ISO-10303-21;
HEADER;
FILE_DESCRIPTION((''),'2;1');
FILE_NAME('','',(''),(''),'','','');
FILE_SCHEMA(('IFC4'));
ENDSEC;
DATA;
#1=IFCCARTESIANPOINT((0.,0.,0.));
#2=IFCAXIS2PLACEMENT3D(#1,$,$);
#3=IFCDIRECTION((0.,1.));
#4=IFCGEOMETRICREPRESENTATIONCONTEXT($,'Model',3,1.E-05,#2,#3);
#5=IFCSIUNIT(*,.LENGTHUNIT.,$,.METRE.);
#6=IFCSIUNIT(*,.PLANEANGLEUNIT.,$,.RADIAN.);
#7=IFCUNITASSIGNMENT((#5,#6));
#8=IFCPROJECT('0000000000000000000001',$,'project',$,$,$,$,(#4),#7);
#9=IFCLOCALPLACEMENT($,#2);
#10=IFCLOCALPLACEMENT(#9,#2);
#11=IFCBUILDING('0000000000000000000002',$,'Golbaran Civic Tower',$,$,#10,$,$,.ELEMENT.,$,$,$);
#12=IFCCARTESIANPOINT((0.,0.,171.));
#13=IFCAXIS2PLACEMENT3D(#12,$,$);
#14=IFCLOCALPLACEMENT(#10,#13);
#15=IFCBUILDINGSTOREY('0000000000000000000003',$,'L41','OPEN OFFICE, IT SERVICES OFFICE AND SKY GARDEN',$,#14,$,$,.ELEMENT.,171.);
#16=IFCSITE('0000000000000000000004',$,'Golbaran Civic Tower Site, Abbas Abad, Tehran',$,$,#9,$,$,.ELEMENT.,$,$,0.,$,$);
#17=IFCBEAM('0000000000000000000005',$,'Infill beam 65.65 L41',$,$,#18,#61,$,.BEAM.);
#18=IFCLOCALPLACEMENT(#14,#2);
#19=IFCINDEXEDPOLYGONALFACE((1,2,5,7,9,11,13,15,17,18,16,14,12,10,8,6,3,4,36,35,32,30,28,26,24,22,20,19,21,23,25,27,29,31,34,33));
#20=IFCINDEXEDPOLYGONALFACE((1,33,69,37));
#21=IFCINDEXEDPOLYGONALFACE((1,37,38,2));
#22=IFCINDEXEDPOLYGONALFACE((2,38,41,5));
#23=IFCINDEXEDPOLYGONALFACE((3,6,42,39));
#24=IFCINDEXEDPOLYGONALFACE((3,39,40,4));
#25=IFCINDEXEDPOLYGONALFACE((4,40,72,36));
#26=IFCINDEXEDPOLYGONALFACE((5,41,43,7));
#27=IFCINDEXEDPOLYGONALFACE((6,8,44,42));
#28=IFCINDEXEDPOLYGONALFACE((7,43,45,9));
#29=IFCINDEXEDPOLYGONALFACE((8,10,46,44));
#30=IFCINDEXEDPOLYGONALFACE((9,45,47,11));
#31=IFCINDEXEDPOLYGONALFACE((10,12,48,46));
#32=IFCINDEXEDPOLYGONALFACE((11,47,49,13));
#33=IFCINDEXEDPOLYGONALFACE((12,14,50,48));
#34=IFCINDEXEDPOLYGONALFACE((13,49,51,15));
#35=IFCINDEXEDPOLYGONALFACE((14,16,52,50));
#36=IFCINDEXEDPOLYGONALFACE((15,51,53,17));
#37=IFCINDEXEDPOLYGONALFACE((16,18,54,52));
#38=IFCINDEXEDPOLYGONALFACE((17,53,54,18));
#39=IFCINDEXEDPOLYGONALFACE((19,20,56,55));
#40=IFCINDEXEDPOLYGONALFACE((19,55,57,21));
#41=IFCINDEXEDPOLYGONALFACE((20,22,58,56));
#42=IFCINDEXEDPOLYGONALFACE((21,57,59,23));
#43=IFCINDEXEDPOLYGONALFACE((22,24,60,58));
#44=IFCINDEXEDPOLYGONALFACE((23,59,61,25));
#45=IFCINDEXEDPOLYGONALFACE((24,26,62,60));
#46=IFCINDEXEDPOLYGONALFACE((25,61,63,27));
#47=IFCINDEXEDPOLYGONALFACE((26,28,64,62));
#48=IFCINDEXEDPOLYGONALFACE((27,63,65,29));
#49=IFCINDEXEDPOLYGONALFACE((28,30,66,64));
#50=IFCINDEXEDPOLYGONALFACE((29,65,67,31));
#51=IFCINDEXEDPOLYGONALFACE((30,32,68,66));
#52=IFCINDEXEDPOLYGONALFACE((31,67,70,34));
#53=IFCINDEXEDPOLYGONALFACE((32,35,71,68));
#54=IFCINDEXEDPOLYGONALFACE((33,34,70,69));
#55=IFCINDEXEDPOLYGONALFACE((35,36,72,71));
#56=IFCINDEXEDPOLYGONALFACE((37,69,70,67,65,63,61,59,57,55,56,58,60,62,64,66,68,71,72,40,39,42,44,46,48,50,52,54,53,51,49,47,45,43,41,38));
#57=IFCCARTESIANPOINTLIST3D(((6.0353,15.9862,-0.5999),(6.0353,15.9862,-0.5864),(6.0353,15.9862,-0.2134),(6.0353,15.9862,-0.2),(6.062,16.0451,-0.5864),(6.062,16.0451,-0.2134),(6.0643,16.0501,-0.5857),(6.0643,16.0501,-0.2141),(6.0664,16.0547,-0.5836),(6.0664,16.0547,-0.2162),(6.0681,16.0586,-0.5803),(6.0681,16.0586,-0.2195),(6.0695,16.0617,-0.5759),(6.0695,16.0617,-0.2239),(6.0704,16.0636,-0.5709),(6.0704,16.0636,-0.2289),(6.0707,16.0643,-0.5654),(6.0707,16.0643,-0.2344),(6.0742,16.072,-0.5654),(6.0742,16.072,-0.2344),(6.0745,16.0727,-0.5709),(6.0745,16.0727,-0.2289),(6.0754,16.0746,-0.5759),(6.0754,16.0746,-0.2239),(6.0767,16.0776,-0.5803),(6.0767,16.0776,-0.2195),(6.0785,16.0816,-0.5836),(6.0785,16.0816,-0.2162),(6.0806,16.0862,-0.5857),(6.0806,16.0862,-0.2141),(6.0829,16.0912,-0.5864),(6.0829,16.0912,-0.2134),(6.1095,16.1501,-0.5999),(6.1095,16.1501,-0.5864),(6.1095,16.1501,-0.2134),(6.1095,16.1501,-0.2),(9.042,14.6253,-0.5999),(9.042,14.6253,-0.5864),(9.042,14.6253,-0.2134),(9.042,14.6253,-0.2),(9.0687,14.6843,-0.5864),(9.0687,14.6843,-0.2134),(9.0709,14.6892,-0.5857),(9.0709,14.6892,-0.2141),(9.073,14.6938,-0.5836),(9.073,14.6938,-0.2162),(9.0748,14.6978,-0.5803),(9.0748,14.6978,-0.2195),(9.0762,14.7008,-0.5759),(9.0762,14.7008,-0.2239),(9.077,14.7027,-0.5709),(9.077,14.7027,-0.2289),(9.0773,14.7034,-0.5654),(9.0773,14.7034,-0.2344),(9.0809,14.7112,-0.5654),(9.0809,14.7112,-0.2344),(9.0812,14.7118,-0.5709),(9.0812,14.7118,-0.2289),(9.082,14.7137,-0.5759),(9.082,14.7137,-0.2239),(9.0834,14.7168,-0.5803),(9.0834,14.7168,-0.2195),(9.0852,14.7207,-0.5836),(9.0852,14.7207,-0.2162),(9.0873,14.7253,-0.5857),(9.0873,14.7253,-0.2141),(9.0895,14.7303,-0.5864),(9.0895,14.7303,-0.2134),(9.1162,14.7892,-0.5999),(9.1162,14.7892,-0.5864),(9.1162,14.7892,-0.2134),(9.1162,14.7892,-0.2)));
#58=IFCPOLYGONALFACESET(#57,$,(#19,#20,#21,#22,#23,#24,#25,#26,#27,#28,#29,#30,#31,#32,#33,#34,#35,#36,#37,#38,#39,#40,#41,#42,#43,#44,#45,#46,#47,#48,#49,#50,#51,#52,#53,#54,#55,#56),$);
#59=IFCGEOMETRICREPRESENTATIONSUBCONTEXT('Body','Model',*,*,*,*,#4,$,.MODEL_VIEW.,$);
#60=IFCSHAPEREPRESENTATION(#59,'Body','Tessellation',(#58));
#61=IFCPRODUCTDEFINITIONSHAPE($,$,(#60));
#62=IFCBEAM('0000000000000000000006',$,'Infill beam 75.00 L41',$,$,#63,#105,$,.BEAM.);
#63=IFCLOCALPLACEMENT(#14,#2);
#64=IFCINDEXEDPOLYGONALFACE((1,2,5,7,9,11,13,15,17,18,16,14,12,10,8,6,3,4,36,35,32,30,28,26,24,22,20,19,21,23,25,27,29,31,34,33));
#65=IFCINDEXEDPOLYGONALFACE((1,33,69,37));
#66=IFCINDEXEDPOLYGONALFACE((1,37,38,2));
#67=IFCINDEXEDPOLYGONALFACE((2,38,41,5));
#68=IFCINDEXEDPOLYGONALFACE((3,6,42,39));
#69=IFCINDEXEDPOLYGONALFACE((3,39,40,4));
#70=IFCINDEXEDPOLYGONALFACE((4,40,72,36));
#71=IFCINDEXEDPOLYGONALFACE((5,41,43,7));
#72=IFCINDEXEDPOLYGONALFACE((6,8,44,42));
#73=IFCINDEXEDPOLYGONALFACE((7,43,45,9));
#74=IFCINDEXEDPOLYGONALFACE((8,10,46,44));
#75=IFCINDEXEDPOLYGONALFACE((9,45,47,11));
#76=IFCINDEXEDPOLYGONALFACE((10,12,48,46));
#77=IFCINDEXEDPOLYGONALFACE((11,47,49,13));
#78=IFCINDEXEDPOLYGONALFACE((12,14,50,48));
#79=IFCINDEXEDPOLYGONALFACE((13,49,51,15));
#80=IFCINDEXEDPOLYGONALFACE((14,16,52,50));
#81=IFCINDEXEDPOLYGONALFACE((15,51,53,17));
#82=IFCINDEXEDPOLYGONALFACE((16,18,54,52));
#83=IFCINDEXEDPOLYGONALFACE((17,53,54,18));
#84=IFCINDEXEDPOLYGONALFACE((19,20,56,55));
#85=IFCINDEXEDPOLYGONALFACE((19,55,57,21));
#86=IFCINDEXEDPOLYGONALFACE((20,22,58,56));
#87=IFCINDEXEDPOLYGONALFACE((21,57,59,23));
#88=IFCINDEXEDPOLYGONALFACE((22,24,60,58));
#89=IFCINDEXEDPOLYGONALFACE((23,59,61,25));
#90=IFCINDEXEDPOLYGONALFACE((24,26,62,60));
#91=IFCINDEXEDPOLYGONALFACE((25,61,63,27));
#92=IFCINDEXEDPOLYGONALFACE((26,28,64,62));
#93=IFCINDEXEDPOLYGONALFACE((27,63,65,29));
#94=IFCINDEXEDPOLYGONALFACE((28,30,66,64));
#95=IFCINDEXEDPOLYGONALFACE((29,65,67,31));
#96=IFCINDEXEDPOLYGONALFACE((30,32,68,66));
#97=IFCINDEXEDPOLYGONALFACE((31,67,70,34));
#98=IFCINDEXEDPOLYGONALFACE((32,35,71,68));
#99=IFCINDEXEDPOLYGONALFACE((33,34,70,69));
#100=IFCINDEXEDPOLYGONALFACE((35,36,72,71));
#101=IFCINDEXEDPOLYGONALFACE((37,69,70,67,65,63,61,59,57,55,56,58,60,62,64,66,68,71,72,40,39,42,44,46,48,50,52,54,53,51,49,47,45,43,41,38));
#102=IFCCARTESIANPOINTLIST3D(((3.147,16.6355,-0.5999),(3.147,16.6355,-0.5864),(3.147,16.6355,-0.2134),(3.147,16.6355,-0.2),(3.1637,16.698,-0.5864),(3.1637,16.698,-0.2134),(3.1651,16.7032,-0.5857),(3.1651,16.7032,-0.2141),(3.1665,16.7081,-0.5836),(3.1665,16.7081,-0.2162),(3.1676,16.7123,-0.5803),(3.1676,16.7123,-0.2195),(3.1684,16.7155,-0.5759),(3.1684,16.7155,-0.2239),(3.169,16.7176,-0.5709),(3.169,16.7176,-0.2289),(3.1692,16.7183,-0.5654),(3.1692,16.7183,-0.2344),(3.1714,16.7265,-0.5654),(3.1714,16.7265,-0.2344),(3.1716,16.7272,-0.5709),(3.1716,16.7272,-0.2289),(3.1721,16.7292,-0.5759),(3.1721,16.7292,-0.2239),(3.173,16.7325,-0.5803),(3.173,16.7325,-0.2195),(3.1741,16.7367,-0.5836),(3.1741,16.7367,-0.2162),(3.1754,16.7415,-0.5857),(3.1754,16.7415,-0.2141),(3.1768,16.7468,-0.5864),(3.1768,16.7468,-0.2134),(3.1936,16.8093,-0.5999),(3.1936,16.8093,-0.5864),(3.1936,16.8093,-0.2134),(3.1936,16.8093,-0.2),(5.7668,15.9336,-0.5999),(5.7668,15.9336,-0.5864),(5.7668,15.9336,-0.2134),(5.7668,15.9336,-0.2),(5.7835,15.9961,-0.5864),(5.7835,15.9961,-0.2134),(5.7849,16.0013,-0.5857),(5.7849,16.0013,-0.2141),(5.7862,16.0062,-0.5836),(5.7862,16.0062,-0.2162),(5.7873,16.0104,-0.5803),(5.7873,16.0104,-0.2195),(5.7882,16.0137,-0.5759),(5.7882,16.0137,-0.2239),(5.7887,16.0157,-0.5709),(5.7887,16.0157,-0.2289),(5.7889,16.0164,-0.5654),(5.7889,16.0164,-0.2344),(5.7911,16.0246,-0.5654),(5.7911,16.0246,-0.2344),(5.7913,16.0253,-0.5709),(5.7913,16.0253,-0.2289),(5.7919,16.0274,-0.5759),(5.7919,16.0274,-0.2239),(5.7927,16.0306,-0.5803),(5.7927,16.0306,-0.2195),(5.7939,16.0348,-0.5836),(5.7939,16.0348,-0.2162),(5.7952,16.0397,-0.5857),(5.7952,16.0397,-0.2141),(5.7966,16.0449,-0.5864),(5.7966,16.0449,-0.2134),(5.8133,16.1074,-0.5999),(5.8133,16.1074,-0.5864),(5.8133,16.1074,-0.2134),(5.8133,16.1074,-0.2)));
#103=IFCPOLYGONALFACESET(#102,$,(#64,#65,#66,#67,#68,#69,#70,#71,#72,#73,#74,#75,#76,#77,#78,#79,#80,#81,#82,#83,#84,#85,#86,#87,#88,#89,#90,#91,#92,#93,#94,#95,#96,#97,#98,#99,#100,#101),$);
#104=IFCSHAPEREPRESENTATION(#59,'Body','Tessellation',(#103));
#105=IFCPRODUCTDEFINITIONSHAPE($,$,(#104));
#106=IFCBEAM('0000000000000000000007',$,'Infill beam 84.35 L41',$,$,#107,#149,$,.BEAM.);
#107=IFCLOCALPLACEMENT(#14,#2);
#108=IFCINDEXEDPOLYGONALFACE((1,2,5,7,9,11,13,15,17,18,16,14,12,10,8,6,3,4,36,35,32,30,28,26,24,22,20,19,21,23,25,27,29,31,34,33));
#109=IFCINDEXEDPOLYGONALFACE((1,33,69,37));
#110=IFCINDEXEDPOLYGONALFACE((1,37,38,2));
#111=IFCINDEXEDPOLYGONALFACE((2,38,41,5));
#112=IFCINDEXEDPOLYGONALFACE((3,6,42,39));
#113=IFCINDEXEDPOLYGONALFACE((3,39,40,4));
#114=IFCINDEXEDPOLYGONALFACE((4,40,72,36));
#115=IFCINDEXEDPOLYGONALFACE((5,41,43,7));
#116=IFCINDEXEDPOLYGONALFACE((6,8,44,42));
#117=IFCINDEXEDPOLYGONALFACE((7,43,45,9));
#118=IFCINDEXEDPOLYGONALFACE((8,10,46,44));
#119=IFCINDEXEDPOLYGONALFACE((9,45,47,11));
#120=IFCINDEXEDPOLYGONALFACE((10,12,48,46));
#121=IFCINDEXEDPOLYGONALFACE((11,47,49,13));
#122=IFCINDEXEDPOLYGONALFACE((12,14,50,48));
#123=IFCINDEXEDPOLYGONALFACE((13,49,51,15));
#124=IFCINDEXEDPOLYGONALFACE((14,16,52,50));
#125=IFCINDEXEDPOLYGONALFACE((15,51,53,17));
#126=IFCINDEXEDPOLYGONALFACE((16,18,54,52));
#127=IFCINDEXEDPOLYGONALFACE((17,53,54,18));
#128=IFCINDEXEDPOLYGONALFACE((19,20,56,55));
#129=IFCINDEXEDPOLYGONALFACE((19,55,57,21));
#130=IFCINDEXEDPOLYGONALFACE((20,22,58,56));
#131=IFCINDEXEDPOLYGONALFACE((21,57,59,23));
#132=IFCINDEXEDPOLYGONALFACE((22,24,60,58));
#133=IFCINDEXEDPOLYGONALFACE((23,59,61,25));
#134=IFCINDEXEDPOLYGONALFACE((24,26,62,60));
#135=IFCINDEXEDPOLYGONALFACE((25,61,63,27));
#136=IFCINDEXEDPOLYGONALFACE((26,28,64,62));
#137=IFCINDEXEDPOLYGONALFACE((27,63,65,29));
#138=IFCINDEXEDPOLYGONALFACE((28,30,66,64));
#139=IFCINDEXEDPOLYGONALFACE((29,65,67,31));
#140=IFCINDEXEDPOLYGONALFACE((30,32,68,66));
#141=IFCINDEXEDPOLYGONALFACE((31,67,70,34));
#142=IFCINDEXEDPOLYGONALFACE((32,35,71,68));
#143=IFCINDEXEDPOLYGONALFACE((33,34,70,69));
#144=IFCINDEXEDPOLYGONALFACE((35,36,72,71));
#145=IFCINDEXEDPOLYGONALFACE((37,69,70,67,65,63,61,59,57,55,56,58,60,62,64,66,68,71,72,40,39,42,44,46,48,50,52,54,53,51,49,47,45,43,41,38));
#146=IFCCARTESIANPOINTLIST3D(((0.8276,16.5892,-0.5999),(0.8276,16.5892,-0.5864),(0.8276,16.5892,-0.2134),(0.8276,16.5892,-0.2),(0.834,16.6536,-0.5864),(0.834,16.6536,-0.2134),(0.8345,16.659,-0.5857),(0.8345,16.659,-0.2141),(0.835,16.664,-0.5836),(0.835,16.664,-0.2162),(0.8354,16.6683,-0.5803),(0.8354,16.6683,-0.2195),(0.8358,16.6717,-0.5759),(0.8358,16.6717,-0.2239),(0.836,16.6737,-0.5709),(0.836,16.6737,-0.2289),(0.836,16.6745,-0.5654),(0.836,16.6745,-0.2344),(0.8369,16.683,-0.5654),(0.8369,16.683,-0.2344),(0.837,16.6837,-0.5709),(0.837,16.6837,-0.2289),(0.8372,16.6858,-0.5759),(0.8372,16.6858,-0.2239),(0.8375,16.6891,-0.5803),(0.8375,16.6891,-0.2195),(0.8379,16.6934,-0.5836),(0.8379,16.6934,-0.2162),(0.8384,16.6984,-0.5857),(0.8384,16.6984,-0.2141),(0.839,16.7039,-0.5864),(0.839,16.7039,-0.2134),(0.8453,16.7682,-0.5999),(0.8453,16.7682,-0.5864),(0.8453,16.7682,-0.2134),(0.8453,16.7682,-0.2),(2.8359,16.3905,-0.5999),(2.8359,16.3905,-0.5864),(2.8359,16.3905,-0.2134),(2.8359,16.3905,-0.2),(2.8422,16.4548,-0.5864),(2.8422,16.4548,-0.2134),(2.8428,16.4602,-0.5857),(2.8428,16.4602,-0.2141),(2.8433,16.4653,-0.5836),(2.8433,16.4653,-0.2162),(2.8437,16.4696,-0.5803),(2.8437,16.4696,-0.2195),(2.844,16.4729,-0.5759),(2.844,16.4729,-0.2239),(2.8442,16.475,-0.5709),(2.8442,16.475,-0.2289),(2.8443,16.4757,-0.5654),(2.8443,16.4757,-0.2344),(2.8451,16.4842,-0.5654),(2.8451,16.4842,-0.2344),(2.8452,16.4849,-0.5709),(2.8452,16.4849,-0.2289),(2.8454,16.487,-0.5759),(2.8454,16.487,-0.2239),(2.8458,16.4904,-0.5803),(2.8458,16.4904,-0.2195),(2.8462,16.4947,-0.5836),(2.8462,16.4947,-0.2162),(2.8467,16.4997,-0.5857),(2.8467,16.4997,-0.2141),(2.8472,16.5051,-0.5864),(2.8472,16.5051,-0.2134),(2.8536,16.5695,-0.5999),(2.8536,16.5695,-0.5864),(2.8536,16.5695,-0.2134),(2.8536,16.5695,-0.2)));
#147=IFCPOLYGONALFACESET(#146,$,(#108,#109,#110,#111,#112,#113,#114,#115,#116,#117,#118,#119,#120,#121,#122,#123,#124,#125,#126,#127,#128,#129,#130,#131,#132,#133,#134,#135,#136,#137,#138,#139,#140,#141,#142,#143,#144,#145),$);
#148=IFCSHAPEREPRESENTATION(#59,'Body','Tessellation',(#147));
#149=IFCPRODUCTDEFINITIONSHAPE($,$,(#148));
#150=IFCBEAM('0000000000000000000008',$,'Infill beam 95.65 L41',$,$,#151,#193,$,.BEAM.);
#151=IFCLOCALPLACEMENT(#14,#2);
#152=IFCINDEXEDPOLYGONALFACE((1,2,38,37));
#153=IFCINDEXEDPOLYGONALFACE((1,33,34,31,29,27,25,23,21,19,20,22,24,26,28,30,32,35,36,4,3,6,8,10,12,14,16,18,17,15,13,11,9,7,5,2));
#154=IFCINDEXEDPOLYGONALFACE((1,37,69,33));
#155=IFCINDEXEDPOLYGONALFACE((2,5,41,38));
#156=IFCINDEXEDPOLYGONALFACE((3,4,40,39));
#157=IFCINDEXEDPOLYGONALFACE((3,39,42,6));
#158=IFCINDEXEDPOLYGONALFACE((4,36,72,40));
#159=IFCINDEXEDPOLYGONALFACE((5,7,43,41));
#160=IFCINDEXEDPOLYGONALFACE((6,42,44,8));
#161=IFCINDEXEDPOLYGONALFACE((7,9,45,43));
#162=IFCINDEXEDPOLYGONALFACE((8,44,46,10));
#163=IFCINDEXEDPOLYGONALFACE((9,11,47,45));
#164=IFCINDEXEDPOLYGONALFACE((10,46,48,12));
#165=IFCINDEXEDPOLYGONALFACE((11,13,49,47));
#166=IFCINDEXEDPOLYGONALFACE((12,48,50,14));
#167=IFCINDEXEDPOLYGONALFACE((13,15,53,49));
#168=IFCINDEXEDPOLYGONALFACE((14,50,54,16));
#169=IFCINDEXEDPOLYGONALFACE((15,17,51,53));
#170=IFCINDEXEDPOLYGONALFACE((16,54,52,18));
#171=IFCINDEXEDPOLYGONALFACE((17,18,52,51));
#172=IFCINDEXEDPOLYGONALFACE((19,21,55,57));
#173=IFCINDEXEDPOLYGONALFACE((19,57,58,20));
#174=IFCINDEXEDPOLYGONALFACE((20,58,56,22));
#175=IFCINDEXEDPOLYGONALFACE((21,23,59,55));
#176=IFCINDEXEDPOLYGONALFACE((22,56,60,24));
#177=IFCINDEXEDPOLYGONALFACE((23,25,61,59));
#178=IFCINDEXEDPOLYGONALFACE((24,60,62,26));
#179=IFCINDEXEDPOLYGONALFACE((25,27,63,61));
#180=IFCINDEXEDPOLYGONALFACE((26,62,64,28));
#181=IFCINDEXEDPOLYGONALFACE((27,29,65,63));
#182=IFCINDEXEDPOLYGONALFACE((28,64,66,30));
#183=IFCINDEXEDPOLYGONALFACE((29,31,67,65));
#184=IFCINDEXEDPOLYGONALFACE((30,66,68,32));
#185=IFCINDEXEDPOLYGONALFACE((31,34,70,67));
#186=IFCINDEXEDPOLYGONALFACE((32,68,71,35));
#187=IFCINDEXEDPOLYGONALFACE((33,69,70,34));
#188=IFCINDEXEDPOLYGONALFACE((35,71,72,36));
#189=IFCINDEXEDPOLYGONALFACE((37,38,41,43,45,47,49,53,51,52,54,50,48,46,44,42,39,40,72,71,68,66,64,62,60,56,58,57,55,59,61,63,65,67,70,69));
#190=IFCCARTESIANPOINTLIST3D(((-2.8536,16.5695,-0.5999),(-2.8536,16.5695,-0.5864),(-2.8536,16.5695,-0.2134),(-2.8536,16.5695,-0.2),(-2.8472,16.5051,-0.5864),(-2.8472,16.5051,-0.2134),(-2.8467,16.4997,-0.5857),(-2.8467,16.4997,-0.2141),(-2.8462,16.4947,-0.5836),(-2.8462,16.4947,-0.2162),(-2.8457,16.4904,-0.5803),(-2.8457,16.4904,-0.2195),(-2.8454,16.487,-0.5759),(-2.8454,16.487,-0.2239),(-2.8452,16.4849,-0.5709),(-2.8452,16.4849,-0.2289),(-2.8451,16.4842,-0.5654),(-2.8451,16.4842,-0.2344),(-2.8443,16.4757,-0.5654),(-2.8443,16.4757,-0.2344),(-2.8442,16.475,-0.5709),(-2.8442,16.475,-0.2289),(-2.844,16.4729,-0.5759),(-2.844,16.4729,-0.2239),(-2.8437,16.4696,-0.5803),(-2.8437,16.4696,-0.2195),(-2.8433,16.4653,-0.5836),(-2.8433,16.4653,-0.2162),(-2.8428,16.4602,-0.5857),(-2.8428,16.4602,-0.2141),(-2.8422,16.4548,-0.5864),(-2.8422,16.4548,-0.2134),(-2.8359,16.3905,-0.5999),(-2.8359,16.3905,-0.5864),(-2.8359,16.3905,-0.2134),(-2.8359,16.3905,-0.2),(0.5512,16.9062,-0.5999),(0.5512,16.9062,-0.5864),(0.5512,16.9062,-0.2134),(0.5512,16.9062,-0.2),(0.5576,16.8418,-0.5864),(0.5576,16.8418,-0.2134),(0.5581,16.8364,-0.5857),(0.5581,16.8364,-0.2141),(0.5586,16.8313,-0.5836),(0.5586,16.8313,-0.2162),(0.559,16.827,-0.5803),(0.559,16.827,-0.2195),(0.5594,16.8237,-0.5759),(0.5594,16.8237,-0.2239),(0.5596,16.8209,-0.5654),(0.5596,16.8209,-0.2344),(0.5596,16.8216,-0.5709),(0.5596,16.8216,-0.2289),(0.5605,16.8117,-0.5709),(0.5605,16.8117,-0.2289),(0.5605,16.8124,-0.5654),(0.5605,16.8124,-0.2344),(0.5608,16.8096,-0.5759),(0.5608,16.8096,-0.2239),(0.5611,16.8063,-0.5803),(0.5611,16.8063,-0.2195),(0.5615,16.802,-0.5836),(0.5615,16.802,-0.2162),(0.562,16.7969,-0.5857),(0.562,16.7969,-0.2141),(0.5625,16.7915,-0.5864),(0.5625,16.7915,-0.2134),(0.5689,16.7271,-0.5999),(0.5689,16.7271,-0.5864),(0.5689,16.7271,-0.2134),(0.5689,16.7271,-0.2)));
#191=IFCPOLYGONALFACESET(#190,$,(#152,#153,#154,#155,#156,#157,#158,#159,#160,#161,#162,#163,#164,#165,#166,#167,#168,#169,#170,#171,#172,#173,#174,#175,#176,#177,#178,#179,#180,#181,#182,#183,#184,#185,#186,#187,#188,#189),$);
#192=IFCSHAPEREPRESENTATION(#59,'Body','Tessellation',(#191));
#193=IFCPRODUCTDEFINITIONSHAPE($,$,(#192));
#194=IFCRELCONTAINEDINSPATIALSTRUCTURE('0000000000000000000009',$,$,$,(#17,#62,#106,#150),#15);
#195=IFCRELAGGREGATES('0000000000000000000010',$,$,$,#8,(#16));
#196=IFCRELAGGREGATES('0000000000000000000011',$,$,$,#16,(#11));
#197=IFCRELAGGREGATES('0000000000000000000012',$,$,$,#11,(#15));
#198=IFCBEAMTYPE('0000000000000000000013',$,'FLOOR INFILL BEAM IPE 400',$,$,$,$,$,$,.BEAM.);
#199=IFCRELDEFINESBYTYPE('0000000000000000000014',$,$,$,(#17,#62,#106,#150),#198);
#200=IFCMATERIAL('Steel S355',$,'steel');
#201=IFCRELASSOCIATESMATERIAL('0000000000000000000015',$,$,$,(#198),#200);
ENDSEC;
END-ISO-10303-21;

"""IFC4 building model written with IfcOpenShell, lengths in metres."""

from ifc_helpers import new_model, si_unit, direction, frame, origin, origin_2d, place, context, subcontext, project, spatial, i_section, extrude, material, material_profile, profile_set, type_object, element, save


model = new_model("IFC4")

# Units and contexts
model_context = context("Model", 3, precision=1e-05, world=origin(), true_north=direction((0.0, 1.0)))
body_context = subcontext(model_context, "Body", "Model", "MODEL_VIEW")
ifc_project = project(units=[si_unit("LENGTHUNIT", "METRE"), si_unit("PLANEANGLEUNIT", "RADIAN")], contexts=[model_context])

# Site, building, storey
site_placement = place(None, origin())
site = spatial("IfcSite", under=ifc_project, at=site_placement, Name="Golbaran Civic Tower Site, Abbas Abad, Tehran", CompositionType="ELEMENT", RefElevation=0.0)
building_placement = place(site_placement, origin())
building = spatial("IfcBuilding", under=site, at=building_placement, Name="Golbaran Civic Tower", CompositionType="ELEMENT")
storey_placement = place(building_placement, frame((0.0, 0.0, 171.0)))
storey = spatial("IfcBuildingStorey", under=building, at=storey_placement, Name="L41", Description="OPEN OFFICE, IT SERVICES OFFICE AND SKY GARDEN", CompositionType="ELEMENT", Elevation=171.0)

# Beams
ifc_material_1 = material(Name="Steel S355", Category="steel")
ifc_material_profile_1 = material_profile(ifc_material_1, i_section(OverallWidth=0.1799, OverallDepth=0.3999, WebThickness=0.0085, FlangeThickness=0.0134, FilletRadius=0.021, at=origin_2d()), Name="IPE 400")
ifc_profile_set_1 = profile_set([ifc_material_profile_1], Name="Steel S355")
beam_type_1 = type_object("IfcBeamType", Name="FLOOR INFILL BEAM IPE 400", PredefinedType="BEAM", material=ifc_profile_set_1)
beam_1_placement = place(storey_placement, frame((9.0791, 14.7073, -0.3999), z_axis=(-0.911027, 0.412348, 0.0), x_axis=(-0.412348, -0.911027, 0.0)))
element("IfcBeam", 1, at=beam_1_placement, inside=storey, type_object=beam_type_1, Name="Infill beam 65.65 L41", PredefinedType="BEAM", context=body_context, shape_type="SweptSolid", body=[
    extrude(i_section(OverallWidth=0.1799, OverallDepth=0.3999, WebThickness=0.0085, FlangeThickness=0.0134, FilletRadius=0.021, at=origin_2d()), origin(), (0.0, 0.0, 1.0), 3.3003),
])
beam_2_placement = place(storey_placement, frame((5.79, 16.0205, -0.3999), z_axis=(-0.965934, 0.258789, 0.0), x_axis=(-0.258789, -0.965934, 0.0)))
element("IfcBeam", 2, at=beam_2_placement, inside=storey, type_object=beam_type_1, Name="Infill beam 75.00 L41", PredefinedType="BEAM", context=body_context, shape_type="SweptSolid", body=[
    extrude(i_section(OverallWidth=0.1799, OverallDepth=0.3999, WebThickness=0.0085, FlangeThickness=0.0134, FilletRadius=0.021, at=origin_2d()), origin(), (0.0, 0.0, 1.0), 2.7122),
])
beam_3_placement = place(storey_placement, frame((2.8447, 16.48, -0.3999), z_axis=(-0.99514, 0.098474, 0.0), x_axis=(-0.098474, -0.99514, 0.0)))
element("IfcBeam", 3, at=beam_3_placement, inside=storey, type_object=beam_type_1, Name="Infill beam 84.35 L41", PredefinedType="BEAM", context=body_context, shape_type="SweptSolid", body=[
    extrude(i_section(OverallWidth=0.1799, OverallDepth=0.3999, WebThickness=0.0085, FlangeThickness=0.0134, FilletRadius=0.021, at=origin_2d()), origin(), (0.0, 0.0, 1.0), 2.0181),
])
beam_4_placement = place(storey_placement, frame((0.5601, 16.8167, -0.3999), z_axis=(-0.995147, -0.098402, 0.0), x_axis=(0.098402, -0.995147, 0.0)))
element("IfcBeam", 4, at=beam_4_placement, inside=storey, type_object=beam_type_1, Name="Infill beam 95.65 L41", PredefinedType="BEAM", context=body_context, shape_type="SweptSolid", body=[
    extrude(i_section(OverallWidth=0.1799, OverallDepth=0.3999, WebThickness=0.0085, FlangeThickness=0.0134, FilletRadius=0.021, at=origin_2d()), origin(), (0.0, 0.0, 1.0), 3.4214),
])

save(model, "model.ifc")
